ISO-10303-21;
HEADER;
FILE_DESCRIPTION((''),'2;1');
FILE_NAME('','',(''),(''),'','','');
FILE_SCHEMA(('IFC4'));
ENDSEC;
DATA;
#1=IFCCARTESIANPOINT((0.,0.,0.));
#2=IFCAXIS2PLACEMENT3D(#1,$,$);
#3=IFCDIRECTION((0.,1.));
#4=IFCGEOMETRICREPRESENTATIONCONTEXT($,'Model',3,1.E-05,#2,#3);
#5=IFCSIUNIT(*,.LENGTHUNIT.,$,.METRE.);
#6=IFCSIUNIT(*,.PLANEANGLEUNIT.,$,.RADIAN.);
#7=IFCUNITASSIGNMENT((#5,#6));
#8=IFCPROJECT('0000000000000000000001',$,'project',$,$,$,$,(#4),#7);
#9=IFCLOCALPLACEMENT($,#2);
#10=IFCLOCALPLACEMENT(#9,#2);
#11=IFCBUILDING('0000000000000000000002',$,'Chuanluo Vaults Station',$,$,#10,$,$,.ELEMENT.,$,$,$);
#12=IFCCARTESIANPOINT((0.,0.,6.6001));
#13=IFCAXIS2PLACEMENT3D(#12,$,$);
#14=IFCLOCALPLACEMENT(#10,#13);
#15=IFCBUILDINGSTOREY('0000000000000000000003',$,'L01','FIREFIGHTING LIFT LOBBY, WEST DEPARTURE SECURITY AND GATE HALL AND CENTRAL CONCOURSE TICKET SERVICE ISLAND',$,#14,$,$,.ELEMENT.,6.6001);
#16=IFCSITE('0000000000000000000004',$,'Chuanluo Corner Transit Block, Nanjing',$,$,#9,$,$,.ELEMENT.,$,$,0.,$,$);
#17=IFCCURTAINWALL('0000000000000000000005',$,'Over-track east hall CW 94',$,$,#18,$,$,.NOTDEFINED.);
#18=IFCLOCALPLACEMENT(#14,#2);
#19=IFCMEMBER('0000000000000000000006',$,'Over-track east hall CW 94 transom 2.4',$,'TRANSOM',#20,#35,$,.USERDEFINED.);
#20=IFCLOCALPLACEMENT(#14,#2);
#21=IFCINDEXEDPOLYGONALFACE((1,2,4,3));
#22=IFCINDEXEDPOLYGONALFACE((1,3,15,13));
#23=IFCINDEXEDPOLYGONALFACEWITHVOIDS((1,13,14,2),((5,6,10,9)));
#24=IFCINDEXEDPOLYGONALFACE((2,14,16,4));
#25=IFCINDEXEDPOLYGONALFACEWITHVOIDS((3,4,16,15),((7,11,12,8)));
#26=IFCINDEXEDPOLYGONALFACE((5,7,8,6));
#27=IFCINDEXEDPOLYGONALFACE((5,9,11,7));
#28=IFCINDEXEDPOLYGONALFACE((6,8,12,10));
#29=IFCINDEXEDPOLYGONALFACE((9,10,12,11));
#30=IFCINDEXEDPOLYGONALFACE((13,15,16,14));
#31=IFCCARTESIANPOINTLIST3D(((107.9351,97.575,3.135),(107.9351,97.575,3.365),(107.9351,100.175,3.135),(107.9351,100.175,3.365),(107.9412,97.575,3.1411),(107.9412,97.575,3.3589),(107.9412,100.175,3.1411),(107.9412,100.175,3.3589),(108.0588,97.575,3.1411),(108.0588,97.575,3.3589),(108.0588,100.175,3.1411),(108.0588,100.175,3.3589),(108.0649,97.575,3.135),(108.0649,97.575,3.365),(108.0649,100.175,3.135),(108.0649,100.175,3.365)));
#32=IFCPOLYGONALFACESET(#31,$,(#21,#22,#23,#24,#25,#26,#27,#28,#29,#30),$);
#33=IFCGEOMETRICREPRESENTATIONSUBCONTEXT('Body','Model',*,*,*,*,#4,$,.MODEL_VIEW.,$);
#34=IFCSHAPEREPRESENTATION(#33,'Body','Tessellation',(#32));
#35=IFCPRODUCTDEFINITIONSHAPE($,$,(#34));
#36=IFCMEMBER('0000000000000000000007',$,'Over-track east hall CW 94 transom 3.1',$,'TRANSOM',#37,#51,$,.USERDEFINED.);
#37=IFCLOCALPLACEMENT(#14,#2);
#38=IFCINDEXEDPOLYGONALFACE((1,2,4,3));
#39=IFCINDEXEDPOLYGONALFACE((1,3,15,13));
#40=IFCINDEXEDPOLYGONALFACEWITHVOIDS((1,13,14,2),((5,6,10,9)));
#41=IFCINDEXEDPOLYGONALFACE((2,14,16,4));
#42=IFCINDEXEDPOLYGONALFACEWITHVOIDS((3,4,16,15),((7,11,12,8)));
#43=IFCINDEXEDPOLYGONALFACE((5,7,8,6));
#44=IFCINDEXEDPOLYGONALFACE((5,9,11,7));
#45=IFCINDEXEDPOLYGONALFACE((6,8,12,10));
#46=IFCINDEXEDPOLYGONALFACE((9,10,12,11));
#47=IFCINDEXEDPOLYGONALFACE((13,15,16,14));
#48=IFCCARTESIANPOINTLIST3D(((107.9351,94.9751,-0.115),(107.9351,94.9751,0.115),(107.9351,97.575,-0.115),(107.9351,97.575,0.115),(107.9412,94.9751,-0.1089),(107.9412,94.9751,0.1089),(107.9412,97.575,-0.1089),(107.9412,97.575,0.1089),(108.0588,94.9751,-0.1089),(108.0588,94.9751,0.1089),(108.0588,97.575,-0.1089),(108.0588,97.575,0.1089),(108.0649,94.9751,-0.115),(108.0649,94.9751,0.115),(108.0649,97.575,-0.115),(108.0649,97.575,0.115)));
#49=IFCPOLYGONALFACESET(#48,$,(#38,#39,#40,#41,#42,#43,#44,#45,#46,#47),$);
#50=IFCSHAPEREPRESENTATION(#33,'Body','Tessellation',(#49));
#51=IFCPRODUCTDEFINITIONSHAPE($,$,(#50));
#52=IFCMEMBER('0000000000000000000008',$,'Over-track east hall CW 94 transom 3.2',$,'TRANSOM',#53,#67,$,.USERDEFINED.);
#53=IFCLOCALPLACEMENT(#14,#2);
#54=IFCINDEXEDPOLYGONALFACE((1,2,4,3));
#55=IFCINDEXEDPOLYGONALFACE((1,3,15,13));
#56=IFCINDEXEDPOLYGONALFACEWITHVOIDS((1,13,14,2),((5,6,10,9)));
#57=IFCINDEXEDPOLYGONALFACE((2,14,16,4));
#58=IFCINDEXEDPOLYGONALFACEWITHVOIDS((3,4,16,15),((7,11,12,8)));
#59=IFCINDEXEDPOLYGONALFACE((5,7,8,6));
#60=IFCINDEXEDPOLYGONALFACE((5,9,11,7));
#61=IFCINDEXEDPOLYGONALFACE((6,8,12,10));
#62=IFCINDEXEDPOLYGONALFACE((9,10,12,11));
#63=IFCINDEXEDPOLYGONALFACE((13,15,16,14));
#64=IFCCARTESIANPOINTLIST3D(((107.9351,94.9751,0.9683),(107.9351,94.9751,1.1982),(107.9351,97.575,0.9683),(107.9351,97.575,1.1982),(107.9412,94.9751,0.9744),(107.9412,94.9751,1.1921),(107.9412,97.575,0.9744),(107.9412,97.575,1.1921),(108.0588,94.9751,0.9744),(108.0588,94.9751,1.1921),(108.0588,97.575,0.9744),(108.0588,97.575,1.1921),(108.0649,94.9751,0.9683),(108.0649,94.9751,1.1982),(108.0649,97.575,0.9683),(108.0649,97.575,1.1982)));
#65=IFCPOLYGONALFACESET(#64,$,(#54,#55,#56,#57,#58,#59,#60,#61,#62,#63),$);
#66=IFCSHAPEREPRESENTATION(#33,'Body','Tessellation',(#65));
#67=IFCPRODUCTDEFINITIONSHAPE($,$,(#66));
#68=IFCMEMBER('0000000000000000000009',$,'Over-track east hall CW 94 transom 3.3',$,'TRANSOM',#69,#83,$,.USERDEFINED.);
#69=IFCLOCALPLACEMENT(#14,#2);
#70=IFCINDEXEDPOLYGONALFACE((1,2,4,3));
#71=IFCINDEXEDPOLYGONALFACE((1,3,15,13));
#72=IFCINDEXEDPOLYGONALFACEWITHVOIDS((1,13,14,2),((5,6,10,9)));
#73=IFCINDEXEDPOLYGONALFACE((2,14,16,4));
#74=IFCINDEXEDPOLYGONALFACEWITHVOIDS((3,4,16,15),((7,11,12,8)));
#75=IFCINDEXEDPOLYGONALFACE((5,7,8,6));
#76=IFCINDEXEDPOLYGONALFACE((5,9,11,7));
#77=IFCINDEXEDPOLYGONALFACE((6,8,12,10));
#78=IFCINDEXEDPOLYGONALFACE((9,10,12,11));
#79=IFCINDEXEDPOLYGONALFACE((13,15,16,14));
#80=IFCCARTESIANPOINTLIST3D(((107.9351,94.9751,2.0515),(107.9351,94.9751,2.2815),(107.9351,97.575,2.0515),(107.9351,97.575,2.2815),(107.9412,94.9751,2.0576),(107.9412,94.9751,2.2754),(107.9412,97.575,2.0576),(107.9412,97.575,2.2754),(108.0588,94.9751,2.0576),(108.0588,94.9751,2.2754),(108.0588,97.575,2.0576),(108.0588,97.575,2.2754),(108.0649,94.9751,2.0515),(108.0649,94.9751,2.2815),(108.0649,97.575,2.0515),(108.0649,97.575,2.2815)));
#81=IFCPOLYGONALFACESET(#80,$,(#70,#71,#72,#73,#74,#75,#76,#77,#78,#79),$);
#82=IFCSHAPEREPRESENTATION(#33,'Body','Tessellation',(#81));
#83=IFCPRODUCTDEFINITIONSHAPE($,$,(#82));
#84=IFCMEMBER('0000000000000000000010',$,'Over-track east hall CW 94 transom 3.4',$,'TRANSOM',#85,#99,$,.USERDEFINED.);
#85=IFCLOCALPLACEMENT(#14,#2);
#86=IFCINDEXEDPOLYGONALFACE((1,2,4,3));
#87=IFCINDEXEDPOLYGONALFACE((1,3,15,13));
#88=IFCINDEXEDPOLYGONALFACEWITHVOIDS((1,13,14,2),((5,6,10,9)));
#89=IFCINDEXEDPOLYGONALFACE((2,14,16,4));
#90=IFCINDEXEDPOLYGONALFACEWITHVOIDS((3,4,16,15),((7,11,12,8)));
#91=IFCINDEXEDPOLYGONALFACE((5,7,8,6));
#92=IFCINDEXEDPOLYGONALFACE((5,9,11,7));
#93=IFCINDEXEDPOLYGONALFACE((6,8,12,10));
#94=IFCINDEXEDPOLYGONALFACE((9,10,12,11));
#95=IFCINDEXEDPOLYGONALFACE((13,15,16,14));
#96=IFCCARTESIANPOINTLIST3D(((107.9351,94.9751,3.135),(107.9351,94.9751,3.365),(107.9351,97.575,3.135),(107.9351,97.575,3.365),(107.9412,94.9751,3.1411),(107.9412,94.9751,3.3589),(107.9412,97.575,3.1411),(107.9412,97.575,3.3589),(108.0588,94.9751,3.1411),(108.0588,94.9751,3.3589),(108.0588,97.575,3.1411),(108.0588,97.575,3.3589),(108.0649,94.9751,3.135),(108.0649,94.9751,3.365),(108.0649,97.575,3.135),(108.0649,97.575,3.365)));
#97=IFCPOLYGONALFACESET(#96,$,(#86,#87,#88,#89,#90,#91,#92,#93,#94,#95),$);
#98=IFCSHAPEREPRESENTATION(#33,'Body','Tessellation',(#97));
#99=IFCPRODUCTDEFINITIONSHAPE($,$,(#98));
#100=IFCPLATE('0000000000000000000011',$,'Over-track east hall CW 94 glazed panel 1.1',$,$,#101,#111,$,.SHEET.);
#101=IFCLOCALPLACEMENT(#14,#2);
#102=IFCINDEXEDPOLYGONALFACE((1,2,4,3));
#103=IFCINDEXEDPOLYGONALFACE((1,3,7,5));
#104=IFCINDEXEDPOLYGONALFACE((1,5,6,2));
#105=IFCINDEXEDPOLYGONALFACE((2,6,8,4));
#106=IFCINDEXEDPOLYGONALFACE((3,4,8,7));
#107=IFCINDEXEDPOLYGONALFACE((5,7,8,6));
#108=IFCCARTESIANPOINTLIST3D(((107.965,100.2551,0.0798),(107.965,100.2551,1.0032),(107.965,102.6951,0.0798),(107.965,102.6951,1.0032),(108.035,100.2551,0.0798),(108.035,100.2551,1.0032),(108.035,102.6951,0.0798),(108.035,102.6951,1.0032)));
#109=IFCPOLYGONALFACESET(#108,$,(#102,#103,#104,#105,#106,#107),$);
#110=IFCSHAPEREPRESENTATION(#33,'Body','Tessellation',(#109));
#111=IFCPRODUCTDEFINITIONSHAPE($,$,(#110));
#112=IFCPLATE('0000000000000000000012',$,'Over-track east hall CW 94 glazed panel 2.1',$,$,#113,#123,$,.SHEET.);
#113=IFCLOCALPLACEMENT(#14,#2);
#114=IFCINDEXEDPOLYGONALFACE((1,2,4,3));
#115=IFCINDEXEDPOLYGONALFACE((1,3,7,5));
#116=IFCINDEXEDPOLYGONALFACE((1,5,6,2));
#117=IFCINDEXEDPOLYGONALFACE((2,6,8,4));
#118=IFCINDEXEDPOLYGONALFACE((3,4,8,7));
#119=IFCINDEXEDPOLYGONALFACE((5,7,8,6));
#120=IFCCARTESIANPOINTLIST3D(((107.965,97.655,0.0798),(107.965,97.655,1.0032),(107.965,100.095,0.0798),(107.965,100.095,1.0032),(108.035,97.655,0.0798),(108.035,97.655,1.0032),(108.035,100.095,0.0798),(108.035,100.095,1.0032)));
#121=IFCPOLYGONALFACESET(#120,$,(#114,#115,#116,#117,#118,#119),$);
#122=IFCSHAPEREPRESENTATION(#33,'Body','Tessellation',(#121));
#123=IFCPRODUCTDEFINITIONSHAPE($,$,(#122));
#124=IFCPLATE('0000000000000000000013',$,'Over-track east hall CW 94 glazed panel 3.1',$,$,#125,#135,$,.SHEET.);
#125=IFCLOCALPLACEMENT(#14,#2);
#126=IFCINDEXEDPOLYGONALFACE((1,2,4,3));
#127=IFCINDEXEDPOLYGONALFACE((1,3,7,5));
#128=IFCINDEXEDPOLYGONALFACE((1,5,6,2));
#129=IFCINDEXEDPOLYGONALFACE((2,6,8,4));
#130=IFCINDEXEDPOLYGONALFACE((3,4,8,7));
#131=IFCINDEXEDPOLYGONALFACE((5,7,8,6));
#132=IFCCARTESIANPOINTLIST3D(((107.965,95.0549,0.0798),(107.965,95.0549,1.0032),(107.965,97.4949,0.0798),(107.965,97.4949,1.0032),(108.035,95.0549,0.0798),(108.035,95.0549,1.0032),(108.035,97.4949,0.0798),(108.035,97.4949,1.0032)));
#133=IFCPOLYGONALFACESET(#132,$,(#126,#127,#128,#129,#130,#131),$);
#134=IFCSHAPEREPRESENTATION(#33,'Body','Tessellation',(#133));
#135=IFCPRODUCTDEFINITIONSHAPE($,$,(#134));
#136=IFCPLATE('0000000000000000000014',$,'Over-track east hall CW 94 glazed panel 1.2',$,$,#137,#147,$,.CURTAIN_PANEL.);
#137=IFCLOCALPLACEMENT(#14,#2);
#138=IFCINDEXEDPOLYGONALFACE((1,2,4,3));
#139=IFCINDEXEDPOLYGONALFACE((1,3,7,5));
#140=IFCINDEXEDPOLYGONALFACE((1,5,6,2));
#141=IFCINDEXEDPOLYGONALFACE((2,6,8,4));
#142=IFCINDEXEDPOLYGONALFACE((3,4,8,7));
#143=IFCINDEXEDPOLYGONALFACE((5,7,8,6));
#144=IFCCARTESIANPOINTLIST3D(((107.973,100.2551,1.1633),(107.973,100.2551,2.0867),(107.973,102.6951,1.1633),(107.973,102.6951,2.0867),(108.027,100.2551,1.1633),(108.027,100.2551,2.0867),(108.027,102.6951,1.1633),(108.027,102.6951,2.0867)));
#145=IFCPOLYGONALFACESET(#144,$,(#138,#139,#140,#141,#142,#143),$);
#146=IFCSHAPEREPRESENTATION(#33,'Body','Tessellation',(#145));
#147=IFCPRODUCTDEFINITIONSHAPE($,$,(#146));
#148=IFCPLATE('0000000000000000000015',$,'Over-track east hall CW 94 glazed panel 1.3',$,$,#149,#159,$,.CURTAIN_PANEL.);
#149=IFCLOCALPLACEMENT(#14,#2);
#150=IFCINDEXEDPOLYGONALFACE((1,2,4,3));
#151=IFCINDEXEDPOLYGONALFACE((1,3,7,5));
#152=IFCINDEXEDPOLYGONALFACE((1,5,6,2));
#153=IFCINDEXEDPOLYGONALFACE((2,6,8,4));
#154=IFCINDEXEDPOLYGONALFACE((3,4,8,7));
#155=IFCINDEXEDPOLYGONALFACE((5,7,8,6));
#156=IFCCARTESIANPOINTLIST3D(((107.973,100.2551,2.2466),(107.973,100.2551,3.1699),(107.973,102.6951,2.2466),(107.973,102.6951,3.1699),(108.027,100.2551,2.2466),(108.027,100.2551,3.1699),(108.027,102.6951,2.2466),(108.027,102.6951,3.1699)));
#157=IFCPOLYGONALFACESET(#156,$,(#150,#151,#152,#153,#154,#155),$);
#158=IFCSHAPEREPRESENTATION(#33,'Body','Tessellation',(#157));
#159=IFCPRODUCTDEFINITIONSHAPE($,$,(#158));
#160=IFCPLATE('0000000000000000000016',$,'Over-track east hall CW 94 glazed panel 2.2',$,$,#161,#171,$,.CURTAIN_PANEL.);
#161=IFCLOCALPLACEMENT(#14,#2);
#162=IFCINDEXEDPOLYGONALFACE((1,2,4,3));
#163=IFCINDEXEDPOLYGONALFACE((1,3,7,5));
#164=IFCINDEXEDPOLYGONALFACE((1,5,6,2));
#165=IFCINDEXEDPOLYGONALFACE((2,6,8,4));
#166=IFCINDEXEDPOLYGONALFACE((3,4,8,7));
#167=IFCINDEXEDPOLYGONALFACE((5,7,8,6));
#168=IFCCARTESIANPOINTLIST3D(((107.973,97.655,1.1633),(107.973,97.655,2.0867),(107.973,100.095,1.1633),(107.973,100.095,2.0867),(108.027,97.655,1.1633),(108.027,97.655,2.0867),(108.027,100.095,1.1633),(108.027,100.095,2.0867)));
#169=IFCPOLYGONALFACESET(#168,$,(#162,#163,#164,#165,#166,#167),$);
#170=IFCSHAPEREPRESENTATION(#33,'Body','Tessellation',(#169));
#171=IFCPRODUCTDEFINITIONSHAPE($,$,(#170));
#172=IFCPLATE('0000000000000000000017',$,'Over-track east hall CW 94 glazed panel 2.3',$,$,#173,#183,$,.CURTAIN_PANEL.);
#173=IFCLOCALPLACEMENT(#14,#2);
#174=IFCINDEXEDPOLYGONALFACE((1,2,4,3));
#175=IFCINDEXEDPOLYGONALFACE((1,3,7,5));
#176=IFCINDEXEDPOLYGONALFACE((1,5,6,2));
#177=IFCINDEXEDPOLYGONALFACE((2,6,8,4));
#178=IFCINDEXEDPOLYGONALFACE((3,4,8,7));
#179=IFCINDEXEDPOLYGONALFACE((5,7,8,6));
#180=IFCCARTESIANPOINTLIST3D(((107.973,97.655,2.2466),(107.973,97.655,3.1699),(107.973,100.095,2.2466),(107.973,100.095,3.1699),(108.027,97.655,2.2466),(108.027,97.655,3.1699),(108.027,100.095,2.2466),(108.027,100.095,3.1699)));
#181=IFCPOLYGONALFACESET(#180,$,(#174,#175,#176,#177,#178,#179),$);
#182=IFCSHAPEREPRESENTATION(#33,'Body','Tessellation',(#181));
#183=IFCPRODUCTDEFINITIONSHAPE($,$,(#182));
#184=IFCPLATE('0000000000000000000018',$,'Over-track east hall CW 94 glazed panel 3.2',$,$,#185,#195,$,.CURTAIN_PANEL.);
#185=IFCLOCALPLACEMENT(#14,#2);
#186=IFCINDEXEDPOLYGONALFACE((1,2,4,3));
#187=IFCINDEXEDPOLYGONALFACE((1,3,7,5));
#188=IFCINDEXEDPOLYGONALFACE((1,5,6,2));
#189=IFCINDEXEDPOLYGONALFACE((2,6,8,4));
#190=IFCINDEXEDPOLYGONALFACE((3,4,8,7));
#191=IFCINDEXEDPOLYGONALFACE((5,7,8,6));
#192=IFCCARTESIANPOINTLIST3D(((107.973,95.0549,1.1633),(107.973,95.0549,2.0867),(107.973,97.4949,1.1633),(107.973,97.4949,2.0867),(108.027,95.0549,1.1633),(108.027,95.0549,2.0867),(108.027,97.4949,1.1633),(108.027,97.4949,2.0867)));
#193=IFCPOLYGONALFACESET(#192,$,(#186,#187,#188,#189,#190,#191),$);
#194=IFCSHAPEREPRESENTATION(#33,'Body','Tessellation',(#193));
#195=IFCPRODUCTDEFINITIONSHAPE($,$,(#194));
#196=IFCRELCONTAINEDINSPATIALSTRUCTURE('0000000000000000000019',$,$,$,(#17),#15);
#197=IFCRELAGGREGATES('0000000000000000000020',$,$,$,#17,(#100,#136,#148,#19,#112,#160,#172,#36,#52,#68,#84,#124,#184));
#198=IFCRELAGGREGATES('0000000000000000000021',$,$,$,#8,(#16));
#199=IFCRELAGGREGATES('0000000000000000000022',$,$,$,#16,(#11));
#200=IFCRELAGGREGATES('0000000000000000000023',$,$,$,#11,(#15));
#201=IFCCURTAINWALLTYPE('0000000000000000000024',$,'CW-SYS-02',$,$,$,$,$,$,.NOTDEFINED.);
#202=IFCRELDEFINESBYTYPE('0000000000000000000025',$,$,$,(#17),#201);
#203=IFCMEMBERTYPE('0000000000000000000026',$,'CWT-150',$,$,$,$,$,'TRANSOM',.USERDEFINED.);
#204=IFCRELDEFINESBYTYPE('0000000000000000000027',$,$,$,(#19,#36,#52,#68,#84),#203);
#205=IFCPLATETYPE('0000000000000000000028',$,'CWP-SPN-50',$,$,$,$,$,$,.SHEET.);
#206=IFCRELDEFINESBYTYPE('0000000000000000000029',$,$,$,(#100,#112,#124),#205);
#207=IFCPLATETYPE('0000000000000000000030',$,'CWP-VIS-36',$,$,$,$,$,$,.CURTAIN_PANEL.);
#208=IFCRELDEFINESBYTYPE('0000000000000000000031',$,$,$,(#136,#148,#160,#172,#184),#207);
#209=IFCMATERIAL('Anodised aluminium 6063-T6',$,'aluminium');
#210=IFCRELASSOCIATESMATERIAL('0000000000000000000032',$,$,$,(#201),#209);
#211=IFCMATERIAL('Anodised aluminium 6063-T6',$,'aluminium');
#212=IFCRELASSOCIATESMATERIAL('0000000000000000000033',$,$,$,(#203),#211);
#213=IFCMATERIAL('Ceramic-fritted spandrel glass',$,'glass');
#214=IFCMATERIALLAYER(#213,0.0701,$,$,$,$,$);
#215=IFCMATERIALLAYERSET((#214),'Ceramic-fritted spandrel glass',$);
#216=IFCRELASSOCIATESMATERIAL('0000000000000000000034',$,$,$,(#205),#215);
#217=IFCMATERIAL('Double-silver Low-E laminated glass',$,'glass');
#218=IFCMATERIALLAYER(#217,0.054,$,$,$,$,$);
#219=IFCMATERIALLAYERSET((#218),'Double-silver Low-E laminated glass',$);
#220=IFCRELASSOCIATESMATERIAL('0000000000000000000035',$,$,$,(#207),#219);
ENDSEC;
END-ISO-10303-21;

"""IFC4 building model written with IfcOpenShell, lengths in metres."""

from ifc_helpers import new_model, si_unit, direction, frame, origin, origin_2d, place, context, subcontext, project, spatial, rectangle, hollow_rectangle, extrude, material, layer, layer_set, material_profile, profile_set, type_object, element, aggregate, save


model = new_model("IFC4")

# Units and contexts
model_context = context("Model", 3, precision=1e-05, world=origin(), true_north=direction((0.0, 1.0)))
body_context = subcontext(model_context, "Body", "Model", "MODEL_VIEW")
ifc_project = project(units=[si_unit("LENGTHUNIT", "METRE"), si_unit("PLANEANGLEUNIT", "RADIAN")], contexts=[model_context])

# Site, building, storey
site_placement = place(None, origin())
site = spatial("IfcSite", under=ifc_project, at=site_placement, Name="Chuanluo Corner Transit Block, Nanjing", CompositionType="ELEMENT", RefElevation=0.0)
building_placement = place(site_placement, origin())
building = spatial("IfcBuilding", under=site, at=building_placement, Name="Chuanluo Vaults Station", CompositionType="ELEMENT")
storey_placement = place(building_placement, frame((0.0, 0.0, 6.6001)))
storey = spatial("IfcBuildingStorey", under=building, at=storey_placement, Name="L01", Description="FIREFIGHTING LIFT LOBBY, WEST DEPARTURE SECURITY AND GATE HALL AND CENTRAL CONCOURSE TICKET SERVICE ISLAND", CompositionType="ELEMENT", Elevation=6.6001)

# Curtain wall, members, plates
ifc_material_1 = material(Name="Anodised aluminium 6063-T6", Category="aluminium")
curtain_wall_type = type_object("IfcCurtainWallType", Name="CW-SYS-02", PredefinedType="NOTDEFINED", material=ifc_material_1)
curtain_wall_placement = place(storey_placement, origin())
curtain_wall = element("IfcCurtainWall", 1, at=curtain_wall_placement, inside=storey, type_object=curtain_wall_type, Name="Over-track east hall CW 94", PredefinedType="NOTDEFINED")
ifc_material_2 = material(Name="Anodised aluminium 6063-T6", Category="aluminium")
ifc_material_profile_1 = material_profile(ifc_material_2, hollow_rectangle(XDim=0.1299, YDim=0.23, WallThickness=0.0061, at=origin_2d()))
ifc_profile_set_1 = profile_set([ifc_material_profile_1], Name="Anodised aluminium 6063-T6")
member_type_1 = type_object("IfcMemberType", Name="CWT-150", ElementType="TRANSOM", PredefinedType="USERDEFINED", material=ifc_profile_set_1)
member_1_placement = place(storey_placement, frame((108.0, 100.175, 3.25), z_axis=(0.0, -1.0, 0.0), x_axis=(1.0, 0.0, 0.0)))
member_1 = element("IfcMember", 2, at=member_1_placement, type_object=member_type_1, Name="Over-track east hall CW 94 transom 2.4", ObjectType="TRANSOM", PredefinedType="USERDEFINED", context=body_context, shape_type="SweptSolid", body=[
    extrude(hollow_rectangle(XDim=0.1299, YDim=0.23, WallThickness=0.0061, at=origin_2d()), origin(), (0.0, 0.0, 1.0), 2.6001),
])
member_2_placement = place(storey_placement, frame((108.0, 97.575, 0.0), z_axis=(0.0, -1.0, 0.0), x_axis=(1.0, 0.0, 0.0)))
member_2 = element("IfcMember", 3, at=member_2_placement, type_object=member_type_1, Name="Over-track east hall CW 94 transom 3.1", ObjectType="TRANSOM", PredefinedType="USERDEFINED", context=body_context, shape_type="SweptSolid", body=[
    extrude(hollow_rectangle(XDim=0.1299, YDim=0.23, WallThickness=0.0061, at=origin_2d()), origin(), (0.0, 0.0, 1.0), 2.5999),
])
member_3_placement = place(storey_placement, frame((108.0, 97.575, 1.0833), z_axis=(0.0, -1.0, 0.0), x_axis=(1.0, 0.0, 0.0)))
member_3 = element("IfcMember", 4, at=member_3_placement, type_object=member_type_1, Name="Over-track east hall CW 94 transom 3.2", ObjectType="TRANSOM", PredefinedType="USERDEFINED", context=body_context, shape_type="SweptSolid", body=[
    extrude(hollow_rectangle(XDim=0.1299, YDim=0.23, WallThickness=0.0061, at=origin_2d()), origin(), (0.0, 0.0, 1.0), 2.5999),
])
member_4_placement = place(storey_placement, frame((108.0, 97.575, 2.1665), z_axis=(0.0, -1.0, 0.0), x_axis=(1.0, 0.0, 0.0)))
member_4 = element("IfcMember", 5, at=member_4_placement, type_object=member_type_1, Name="Over-track east hall CW 94 transom 3.3", ObjectType="TRANSOM", PredefinedType="USERDEFINED", context=body_context, shape_type="SweptSolid", body=[
    extrude(hollow_rectangle(XDim=0.1299, YDim=0.23, WallThickness=0.0061, at=origin_2d()), origin(), (0.0, 0.0, 1.0), 2.5999),
])
member_5_placement = place(storey_placement, frame((108.0, 97.575, 3.25), z_axis=(0.0, -1.0, 0.0), x_axis=(1.0, 0.0, 0.0)))
member_5 = element("IfcMember", 6, at=member_5_placement, type_object=member_type_1, Name="Over-track east hall CW 94 transom 3.4", ObjectType="TRANSOM", PredefinedType="USERDEFINED", context=body_context, shape_type="SweptSolid", body=[
    extrude(hollow_rectangle(XDim=0.1299, YDim=0.23, WallThickness=0.0061, at=origin_2d()), origin(), (0.0, 0.0, 1.0), 2.5999),
])
ifc_material_3 = material(Name="Ceramic-fritted spandrel glass", Category="glass")
ifc_layer_1 = layer(ifc_material_3, 0.0701)
ifc_layer_set_1 = layer_set([ifc_layer_1], Name="Ceramic-fritted spandrel glass")
plate_type_1 = type_object("IfcPlateType", Name="CWP-SPN-50", PredefinedType="SHEET", material=ifc_layer_set_1)
plate_1_placement = place(storey_placement, frame((108.0, 101.4751, 0.0798), z_axis=(0.0, 0.0, 1.0), x_axis=(0.0, -1.0, 0.0)))
plate_1 = element("IfcPlate", 7, at=plate_1_placement, type_object=plate_type_1, Name="Over-track east hall CW 94 glazed panel 1.1", PredefinedType="SHEET", context=body_context, shape_type="SweptSolid", body=[
    extrude(rectangle(XDim=2.4399, YDim=0.0701, at=origin_2d()), origin(), (0.0, 0.0, 1.0), 0.9233),
])
plate_2_placement = place(storey_placement, frame((108.0, 98.875, 0.0798), z_axis=(0.0, 0.0, 1.0), x_axis=(0.0, -1.0, 0.0)))
plate_2 = element("IfcPlate", 8, at=plate_2_placement, type_object=plate_type_1, Name="Over-track east hall CW 94 glazed panel 2.1", PredefinedType="SHEET", context=body_context, shape_type="SweptSolid", body=[
    extrude(rectangle(XDim=2.4399, YDim=0.0701, at=origin_2d()), origin(), (0.0, 0.0, 1.0), 0.9233),
])
plate_3_placement = place(storey_placement, frame((108.0, 96.2749, 0.0798), z_axis=(0.0, 0.0, 1.0), x_axis=(0.0, -1.0, 0.0)))
plate_3 = element("IfcPlate", 9, at=plate_3_placement, type_object=plate_type_1, Name="Over-track east hall CW 94 glazed panel 3.1", PredefinedType="SHEET", context=body_context, shape_type="SweptSolid", body=[
    extrude(rectangle(XDim=2.4399, YDim=0.0701, at=origin_2d()), origin(), (0.0, 0.0, 1.0), 0.9233),
])
ifc_material_4 = material(Name="Double-silver Low-E laminated glass", Category="glass")
ifc_layer_2 = layer(ifc_material_4, 0.054)
ifc_layer_set_2 = layer_set([ifc_layer_2], Name="Double-silver Low-E laminated glass")
plate_type_2 = type_object("IfcPlateType", Name="CWP-VIS-36", PredefinedType="CURTAIN_PANEL", material=ifc_layer_set_2)
plate_4_placement = place(storey_placement, frame((108.0, 101.4751, 1.1633), z_axis=(0.0, 0.0, 1.0), x_axis=(0.0, -1.0, 0.0)))
plate_4 = element("IfcPlate", 10, at=plate_4_placement, type_object=plate_type_2, Name="Over-track east hall CW 94 glazed panel 1.2", PredefinedType="CURTAIN_PANEL", context=body_context, shape_type="SweptSolid", body=[
    extrude(rectangle(XDim=2.4399, YDim=0.054, at=origin_2d()), origin(), (0.0, 0.0, 1.0), 0.9233),
])
plate_5_placement = place(storey_placement, frame((108.0, 101.4751, 2.2466), z_axis=(0.0, 0.0, 1.0), x_axis=(0.0, -1.0, 0.0)))
plate_5 = element("IfcPlate", 11, at=plate_5_placement, type_object=plate_type_2, Name="Over-track east hall CW 94 glazed panel 1.3", PredefinedType="CURTAIN_PANEL", context=body_context, shape_type="SweptSolid", body=[
    extrude(rectangle(XDim=2.4399, YDim=0.054, at=origin_2d()), origin(), (0.0, 0.0, 1.0), 0.9233),
])
plate_6_placement = place(storey_placement, frame((108.0, 98.875, 1.1633), z_axis=(0.0, 0.0, 1.0), x_axis=(0.0, -1.0, 0.0)))
plate_6 = element("IfcPlate", 12, at=plate_6_placement, type_object=plate_type_2, Name="Over-track east hall CW 94 glazed panel 2.2", PredefinedType="CURTAIN_PANEL", context=body_context, shape_type="SweptSolid", body=[
    extrude(rectangle(XDim=2.4399, YDim=0.054, at=origin_2d()), origin(), (0.0, 0.0, 1.0), 0.9233),
])
plate_7_placement = place(storey_placement, frame((108.0, 98.875, 2.2466), z_axis=(0.0, 0.0, 1.0), x_axis=(0.0, -1.0, 0.0)))
plate_7 = element("IfcPlate", 13, at=plate_7_placement, type_object=plate_type_2, Name="Over-track east hall CW 94 glazed panel 2.3", PredefinedType="CURTAIN_PANEL", context=body_context, shape_type="SweptSolid", body=[
    extrude(rectangle(XDim=2.4399, YDim=0.054, at=origin_2d()), origin(), (0.0, 0.0, 1.0), 0.9233),
])
plate_8_placement = place(storey_placement, frame((108.0, 96.2749, 1.1633), z_axis=(0.0, 0.0, 1.0), x_axis=(0.0, -1.0, 0.0)))
plate_8 = element("IfcPlate", 14, at=plate_8_placement, type_object=plate_type_2, Name="Over-track east hall CW 94 glazed panel 3.2", PredefinedType="CURTAIN_PANEL", context=body_context, shape_type="SweptSolid", body=[
    extrude(rectangle(XDim=2.4399, YDim=0.054, at=origin_2d()), origin(), (0.0, 0.0, 1.0), 0.9233),
])
aggregate(curtain_wall, [plate_1, plate_4, plate_5, member_1, plate_2, plate_6, plate_7, member_2, member_3, member_4, member_5, plate_3, plate_8])

save(model, "model.ifc")
